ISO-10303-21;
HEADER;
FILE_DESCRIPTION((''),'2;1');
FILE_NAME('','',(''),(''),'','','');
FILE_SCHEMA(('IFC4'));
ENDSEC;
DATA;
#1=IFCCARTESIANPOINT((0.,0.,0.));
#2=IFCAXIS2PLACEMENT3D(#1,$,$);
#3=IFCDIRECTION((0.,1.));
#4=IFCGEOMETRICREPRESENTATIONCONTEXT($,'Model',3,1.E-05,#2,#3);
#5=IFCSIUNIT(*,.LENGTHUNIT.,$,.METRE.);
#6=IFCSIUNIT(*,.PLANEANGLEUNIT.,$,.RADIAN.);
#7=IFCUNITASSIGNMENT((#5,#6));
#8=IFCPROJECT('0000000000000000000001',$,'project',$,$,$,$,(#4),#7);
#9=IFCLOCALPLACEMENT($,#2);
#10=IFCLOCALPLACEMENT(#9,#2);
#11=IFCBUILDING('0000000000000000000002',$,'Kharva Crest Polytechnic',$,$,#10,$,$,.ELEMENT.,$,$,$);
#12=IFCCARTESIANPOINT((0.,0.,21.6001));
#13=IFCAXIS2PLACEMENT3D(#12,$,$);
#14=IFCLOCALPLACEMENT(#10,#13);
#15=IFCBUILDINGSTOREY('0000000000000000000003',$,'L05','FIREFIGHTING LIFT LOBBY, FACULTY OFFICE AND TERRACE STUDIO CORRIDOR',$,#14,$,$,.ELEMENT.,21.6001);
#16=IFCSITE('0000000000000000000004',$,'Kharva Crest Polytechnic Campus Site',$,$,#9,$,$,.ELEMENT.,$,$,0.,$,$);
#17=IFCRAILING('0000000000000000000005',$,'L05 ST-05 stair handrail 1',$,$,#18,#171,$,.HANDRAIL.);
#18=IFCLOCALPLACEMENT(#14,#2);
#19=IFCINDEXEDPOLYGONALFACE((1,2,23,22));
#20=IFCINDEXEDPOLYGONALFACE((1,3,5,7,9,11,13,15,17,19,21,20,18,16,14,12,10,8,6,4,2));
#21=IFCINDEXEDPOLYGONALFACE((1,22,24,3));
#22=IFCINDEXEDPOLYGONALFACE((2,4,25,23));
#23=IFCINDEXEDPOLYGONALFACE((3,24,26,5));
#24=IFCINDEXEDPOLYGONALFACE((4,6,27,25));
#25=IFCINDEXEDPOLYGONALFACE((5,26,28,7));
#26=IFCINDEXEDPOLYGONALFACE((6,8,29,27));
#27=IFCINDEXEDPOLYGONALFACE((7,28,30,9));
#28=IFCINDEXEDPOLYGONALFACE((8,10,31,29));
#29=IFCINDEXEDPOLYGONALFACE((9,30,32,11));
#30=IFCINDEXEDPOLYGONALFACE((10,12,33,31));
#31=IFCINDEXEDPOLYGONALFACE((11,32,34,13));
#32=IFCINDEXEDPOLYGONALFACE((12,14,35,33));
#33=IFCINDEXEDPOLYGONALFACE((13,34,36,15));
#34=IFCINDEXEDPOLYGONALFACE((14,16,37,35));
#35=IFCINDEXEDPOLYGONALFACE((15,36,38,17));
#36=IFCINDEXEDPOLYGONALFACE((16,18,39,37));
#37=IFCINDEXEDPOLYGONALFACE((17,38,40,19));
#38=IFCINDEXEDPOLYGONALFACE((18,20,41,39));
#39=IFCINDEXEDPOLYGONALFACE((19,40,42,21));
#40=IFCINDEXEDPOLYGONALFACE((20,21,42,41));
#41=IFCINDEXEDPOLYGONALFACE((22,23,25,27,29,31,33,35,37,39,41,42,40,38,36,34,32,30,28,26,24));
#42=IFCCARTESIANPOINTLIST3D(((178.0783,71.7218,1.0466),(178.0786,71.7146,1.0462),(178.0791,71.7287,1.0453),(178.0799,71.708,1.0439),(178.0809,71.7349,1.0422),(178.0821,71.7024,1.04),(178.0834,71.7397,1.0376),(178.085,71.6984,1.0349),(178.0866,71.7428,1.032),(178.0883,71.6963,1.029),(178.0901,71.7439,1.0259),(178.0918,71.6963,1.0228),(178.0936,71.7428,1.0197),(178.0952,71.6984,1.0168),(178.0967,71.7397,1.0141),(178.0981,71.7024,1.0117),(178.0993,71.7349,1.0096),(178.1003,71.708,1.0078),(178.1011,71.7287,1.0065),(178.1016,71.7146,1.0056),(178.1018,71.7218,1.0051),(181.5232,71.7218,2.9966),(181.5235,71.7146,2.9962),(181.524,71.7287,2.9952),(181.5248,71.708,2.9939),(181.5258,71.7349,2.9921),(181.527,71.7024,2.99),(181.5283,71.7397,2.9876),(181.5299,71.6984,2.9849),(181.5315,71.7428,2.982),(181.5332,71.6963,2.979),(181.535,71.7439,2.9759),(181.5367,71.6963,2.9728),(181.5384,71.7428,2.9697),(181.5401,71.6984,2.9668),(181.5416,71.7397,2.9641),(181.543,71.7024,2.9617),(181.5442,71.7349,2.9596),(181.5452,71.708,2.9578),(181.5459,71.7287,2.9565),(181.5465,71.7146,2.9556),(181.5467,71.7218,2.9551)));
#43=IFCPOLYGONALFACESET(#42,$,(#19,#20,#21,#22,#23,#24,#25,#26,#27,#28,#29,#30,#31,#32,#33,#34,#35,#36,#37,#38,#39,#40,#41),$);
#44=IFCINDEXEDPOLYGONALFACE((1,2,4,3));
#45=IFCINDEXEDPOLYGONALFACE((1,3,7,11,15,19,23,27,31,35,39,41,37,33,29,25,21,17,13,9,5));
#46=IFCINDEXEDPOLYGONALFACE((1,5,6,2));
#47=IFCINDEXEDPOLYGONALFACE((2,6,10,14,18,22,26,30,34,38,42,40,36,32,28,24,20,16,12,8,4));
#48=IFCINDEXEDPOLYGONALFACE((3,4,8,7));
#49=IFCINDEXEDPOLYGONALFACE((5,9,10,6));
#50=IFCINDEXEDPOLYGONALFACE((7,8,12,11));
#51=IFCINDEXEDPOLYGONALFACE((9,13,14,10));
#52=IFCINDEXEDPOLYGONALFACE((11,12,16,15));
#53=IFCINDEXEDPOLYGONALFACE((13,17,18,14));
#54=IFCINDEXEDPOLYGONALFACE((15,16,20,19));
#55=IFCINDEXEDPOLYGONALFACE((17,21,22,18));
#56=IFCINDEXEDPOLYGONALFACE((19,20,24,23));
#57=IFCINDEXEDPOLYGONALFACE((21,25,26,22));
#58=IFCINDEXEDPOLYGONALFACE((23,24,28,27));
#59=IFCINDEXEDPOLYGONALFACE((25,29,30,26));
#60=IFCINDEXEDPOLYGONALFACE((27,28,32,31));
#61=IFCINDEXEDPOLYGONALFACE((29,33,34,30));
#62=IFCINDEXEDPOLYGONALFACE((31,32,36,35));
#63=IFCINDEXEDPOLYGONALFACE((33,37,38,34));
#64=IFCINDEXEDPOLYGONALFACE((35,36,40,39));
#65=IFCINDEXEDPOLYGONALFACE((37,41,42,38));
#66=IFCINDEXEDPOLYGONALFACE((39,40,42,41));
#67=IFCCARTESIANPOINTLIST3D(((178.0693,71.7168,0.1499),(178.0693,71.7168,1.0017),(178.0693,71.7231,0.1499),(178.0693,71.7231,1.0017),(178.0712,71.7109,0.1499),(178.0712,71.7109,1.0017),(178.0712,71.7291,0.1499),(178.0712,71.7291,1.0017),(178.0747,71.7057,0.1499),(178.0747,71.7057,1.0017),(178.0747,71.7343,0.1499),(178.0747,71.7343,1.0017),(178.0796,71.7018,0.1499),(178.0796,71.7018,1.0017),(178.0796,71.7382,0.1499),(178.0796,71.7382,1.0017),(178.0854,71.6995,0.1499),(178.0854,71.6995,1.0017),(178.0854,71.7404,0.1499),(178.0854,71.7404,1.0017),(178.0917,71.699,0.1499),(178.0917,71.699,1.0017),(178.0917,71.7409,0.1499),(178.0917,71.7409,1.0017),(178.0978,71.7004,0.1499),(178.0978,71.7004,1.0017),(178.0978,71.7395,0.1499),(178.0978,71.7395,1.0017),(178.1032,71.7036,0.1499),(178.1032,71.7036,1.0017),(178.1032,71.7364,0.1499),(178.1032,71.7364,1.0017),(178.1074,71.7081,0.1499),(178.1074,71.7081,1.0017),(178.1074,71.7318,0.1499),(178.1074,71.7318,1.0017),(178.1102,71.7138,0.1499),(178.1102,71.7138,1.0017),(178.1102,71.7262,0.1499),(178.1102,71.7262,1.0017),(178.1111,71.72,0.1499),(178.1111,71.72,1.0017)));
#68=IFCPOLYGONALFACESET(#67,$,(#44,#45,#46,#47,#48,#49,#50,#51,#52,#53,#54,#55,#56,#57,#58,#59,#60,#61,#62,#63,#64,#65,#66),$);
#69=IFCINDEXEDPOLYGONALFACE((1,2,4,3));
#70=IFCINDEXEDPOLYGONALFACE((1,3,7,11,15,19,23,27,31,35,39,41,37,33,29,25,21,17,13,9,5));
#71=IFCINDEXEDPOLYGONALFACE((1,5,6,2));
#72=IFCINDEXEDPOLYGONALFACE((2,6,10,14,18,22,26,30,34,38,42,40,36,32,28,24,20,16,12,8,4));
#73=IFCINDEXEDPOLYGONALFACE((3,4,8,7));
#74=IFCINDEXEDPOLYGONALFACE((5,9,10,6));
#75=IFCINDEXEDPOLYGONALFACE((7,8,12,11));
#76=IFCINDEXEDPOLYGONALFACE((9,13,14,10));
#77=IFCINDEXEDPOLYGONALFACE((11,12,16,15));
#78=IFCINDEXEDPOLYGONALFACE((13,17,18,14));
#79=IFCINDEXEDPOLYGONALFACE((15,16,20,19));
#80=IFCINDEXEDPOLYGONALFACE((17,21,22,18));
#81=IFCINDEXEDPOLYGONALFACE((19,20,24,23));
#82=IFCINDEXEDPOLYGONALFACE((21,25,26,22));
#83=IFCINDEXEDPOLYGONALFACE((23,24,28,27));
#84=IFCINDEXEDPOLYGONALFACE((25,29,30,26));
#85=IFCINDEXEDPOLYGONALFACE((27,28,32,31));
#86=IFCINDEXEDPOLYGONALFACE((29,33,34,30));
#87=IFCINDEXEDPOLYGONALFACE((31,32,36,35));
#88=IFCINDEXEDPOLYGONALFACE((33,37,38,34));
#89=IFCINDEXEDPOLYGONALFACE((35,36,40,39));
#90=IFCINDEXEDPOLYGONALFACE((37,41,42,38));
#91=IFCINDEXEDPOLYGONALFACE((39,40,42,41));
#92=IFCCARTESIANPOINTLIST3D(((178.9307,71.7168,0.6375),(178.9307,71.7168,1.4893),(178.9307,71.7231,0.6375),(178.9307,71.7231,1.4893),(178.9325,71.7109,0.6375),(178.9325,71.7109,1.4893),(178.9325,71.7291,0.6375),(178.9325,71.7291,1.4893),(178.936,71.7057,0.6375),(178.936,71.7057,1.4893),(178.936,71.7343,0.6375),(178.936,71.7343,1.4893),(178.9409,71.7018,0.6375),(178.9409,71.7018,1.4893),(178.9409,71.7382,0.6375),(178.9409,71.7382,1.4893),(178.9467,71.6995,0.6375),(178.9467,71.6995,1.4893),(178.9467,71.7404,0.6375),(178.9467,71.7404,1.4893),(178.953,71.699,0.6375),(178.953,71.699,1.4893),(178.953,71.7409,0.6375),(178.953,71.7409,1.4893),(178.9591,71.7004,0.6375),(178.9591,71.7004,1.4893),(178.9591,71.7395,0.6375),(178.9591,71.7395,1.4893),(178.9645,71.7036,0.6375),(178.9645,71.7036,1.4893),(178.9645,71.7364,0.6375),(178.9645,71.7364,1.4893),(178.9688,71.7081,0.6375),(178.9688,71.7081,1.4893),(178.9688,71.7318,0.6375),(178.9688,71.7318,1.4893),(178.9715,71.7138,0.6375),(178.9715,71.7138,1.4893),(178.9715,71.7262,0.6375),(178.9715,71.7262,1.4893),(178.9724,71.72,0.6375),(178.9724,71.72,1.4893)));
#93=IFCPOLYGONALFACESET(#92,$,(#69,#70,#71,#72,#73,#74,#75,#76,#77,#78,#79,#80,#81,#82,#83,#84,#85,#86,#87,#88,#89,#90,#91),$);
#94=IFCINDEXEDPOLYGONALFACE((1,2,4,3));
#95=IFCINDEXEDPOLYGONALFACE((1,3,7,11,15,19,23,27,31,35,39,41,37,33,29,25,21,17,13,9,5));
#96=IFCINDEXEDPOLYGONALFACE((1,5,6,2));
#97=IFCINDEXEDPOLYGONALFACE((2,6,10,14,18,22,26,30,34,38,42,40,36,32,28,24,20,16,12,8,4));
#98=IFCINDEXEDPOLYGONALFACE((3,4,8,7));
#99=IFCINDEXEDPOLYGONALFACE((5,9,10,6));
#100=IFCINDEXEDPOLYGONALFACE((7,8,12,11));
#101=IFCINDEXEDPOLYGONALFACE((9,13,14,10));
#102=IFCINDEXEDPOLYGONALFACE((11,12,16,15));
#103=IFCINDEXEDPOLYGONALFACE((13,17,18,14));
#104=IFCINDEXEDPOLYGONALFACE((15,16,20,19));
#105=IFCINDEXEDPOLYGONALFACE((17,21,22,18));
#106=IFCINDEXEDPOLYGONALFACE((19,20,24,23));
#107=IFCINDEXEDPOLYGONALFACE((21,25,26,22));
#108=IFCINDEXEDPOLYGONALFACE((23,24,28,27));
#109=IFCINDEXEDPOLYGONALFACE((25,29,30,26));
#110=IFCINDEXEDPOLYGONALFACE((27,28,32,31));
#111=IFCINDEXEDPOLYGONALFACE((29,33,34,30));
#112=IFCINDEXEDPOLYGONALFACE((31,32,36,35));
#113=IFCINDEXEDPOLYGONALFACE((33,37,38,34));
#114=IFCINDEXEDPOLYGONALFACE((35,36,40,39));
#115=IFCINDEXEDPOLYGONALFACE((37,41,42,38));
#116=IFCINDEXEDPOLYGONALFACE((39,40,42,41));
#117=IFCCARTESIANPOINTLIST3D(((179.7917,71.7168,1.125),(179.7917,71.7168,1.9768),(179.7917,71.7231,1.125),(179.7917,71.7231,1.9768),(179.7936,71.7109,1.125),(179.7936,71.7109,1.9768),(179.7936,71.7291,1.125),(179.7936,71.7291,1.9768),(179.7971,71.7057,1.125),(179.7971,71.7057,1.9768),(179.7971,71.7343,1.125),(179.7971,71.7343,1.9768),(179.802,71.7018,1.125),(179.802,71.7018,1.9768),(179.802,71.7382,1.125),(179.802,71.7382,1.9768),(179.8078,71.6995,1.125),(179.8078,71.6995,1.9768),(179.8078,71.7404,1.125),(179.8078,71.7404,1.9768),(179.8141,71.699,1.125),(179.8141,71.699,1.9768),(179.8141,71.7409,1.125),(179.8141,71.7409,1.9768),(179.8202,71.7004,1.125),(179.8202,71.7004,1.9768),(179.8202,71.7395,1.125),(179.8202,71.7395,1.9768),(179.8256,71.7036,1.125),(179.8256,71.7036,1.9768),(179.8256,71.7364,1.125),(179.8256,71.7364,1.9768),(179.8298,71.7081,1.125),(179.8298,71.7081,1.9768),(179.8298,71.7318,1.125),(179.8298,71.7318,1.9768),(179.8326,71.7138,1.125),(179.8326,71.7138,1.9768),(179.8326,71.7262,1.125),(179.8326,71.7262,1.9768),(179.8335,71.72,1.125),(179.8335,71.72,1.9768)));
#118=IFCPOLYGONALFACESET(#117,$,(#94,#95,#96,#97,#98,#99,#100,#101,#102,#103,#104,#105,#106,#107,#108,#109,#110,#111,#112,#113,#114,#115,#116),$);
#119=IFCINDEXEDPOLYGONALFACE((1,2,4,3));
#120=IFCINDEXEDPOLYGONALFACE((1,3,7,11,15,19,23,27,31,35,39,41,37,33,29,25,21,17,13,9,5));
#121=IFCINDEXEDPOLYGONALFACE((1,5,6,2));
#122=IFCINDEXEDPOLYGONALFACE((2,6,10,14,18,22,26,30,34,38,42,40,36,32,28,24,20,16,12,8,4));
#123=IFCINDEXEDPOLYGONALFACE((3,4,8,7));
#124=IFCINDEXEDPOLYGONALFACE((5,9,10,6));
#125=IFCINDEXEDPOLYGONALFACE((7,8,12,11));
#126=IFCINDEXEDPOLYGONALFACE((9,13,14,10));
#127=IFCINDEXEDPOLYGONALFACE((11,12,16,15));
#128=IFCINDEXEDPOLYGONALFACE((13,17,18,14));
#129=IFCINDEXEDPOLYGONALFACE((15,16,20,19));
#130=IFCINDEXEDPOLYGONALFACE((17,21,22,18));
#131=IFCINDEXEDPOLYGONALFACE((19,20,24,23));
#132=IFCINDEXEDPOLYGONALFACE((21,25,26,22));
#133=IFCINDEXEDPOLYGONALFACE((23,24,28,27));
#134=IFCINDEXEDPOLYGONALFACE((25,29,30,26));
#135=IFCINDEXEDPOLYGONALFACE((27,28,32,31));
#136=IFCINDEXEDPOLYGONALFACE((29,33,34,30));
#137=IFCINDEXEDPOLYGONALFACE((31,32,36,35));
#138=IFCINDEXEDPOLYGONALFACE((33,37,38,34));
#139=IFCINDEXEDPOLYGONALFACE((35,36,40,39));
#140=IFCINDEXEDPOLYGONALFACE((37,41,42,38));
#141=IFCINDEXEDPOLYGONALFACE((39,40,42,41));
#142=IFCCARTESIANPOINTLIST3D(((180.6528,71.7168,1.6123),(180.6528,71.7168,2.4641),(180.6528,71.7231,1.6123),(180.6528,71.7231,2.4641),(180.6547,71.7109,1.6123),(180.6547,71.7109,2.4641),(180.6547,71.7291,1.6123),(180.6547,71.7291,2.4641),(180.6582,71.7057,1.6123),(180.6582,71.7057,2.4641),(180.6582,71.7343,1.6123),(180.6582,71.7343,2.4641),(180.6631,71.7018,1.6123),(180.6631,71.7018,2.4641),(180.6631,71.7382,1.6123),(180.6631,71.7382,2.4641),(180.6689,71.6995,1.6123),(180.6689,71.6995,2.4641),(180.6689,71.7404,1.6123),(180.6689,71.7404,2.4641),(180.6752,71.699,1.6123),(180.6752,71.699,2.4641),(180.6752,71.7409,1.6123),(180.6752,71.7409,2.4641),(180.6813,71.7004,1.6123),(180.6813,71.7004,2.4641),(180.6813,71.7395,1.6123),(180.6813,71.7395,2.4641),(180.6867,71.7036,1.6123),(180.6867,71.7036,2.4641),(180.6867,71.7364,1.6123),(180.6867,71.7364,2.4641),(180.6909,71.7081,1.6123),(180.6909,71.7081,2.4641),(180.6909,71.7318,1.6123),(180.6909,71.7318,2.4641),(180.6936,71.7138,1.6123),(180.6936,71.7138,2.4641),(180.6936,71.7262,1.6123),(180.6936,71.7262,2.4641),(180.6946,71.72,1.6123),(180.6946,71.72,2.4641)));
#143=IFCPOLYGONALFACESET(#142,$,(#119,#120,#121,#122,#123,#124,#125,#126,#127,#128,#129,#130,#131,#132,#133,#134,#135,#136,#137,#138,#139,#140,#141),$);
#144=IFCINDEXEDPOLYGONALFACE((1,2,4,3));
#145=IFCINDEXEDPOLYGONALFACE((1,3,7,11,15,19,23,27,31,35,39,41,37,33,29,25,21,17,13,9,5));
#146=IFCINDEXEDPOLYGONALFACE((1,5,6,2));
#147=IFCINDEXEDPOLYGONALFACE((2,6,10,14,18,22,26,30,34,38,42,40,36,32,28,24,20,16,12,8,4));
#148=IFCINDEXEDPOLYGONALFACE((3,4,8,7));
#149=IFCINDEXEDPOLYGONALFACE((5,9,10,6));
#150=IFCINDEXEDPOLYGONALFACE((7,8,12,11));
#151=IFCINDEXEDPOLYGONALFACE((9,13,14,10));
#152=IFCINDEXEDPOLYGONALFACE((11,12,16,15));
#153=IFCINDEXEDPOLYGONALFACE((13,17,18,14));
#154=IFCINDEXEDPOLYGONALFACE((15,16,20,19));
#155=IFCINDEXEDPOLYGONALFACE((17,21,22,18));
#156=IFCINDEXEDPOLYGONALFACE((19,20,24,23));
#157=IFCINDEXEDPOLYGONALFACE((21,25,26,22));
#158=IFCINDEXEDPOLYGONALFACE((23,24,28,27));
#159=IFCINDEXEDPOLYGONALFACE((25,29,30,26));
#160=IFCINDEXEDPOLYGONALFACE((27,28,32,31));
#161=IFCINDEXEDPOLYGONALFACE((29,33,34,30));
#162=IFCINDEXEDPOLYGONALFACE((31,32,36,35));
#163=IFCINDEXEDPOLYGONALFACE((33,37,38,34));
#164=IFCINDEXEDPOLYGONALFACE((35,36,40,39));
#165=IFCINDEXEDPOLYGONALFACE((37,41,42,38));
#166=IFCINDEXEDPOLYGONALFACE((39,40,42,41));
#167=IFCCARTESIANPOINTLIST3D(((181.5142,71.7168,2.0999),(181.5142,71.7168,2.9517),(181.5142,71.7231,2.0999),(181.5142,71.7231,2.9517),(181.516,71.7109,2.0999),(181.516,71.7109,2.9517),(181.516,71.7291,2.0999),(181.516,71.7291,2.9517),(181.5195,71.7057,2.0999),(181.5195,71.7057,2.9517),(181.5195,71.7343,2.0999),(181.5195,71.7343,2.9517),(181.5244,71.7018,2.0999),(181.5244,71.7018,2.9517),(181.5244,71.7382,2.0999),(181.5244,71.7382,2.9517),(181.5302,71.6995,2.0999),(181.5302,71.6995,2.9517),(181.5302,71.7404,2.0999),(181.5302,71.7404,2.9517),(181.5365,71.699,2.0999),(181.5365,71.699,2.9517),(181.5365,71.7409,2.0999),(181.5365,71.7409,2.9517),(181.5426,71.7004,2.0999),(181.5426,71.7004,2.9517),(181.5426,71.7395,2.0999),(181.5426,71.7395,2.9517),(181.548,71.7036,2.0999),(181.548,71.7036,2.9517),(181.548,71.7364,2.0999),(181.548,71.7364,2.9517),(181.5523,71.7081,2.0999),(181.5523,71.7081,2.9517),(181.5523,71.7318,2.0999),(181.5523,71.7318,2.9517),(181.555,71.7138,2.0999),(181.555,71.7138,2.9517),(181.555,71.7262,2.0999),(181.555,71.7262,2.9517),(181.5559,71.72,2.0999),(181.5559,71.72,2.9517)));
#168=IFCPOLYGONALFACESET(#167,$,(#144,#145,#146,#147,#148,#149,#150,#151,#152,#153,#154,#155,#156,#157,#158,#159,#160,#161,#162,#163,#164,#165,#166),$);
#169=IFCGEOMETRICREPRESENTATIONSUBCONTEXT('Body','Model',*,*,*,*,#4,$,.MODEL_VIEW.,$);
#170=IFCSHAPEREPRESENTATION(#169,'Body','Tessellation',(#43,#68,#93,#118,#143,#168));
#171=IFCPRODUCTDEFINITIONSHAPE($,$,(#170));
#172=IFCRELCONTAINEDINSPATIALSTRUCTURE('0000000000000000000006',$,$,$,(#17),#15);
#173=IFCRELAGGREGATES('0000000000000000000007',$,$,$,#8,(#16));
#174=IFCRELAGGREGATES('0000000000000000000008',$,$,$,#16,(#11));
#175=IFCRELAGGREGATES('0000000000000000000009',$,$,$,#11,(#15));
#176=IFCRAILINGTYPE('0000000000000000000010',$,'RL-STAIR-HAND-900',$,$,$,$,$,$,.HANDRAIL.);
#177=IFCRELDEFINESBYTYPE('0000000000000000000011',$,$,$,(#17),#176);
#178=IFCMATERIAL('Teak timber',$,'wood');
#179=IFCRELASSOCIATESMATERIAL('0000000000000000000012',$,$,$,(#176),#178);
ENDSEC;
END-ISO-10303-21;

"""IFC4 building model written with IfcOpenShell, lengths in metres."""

from ifc_helpers import new_model, si_unit, direction, frame, origin, origin_2d, place, context, subcontext, project, spatial, circle, extrude, material, type_object, element, save


model = new_model("IFC4")

# Units and contexts
model_context = context("Model", 3, precision=1e-05, world=origin(), true_north=direction((0.0, 1.0)))
body_context = subcontext(model_context, "Body", "Model", "MODEL_VIEW")
ifc_project = project(units=[si_unit("LENGTHUNIT", "METRE"), si_unit("PLANEANGLEUNIT", "RADIAN")], contexts=[model_context])

# Site, building, storey
site_placement = place(None, origin())
site = spatial("IfcSite", under=ifc_project, at=site_placement, Name="Kharva Crest Polytechnic Campus Site", CompositionType="ELEMENT", RefElevation=0.0)
building_placement = place(site_placement, origin())
building = spatial("IfcBuilding", under=site, at=building_placement, Name="Kharva Crest Polytechnic", CompositionType="ELEMENT")
storey_placement = place(building_placement, frame((0.0, 0.0, 21.6001)))
storey = spatial("IfcBuildingStorey", under=building, at=storey_placement, Name="L05", Description="FIREFIGHTING LIFT LOBBY, FACULTY OFFICE AND TERRACE STUDIO CORRIDOR", CompositionType="ELEMENT", Elevation=21.6001)

# Shared definitions
ifc_material_1 = material(Name="Teak timber", Category="wood")

# Railing
railing_type_1 = type_object("IfcRailingType", Name="RL-STAIR-HAND-900", PredefinedType="HANDRAIL", material=ifc_material_1)
railing_1_placement = place(storey_placement, frame((178.0901, 71.72, 0.1499)))
element("IfcRailing", 1, at=railing_1_placement, inside=storey, type_object=railing_type_1, Name="L05 ST-05 stair handrail 1", PredefinedType="HANDRAIL", context=body_context, shape_type="SweptSolid", body=[
    extrude(circle(Radius=0.0239, at=origin_2d()), frame((0.0, 0.0, 0.876), z_axis=(0.870251, 0.0, 0.492608), x_axis=(0.0, 1.0, 0.0)), (0.0, 0.0, 1.0), 3.9585),
    extrude(circle(Radius=0.021, at=origin_2d()), origin(), (0.0, 0.0, 1.0), 0.8518),
    extrude(circle(Radius=0.021, at=origin_2d()), frame((0.8613, 0.0, 0.4875)), (0.0, 0.0, 1.0), 0.8518),
    extrude(circle(Radius=0.021, at=origin_2d()), frame((1.7224, 0.0, 0.9751)), (0.0, 0.0, 1.0), 0.8518),
    extrude(circle(Radius=0.021, at=origin_2d()), frame((2.5835, 0.0, 1.4624)), (0.0, 0.0, 1.0), 0.8518),
    extrude(circle(Radius=0.021, at=origin_2d()), frame((3.4448, 0.0, 1.95)), (0.0, 0.0, 1.0), 0.8518),
])

save(model, "model.ifc")
